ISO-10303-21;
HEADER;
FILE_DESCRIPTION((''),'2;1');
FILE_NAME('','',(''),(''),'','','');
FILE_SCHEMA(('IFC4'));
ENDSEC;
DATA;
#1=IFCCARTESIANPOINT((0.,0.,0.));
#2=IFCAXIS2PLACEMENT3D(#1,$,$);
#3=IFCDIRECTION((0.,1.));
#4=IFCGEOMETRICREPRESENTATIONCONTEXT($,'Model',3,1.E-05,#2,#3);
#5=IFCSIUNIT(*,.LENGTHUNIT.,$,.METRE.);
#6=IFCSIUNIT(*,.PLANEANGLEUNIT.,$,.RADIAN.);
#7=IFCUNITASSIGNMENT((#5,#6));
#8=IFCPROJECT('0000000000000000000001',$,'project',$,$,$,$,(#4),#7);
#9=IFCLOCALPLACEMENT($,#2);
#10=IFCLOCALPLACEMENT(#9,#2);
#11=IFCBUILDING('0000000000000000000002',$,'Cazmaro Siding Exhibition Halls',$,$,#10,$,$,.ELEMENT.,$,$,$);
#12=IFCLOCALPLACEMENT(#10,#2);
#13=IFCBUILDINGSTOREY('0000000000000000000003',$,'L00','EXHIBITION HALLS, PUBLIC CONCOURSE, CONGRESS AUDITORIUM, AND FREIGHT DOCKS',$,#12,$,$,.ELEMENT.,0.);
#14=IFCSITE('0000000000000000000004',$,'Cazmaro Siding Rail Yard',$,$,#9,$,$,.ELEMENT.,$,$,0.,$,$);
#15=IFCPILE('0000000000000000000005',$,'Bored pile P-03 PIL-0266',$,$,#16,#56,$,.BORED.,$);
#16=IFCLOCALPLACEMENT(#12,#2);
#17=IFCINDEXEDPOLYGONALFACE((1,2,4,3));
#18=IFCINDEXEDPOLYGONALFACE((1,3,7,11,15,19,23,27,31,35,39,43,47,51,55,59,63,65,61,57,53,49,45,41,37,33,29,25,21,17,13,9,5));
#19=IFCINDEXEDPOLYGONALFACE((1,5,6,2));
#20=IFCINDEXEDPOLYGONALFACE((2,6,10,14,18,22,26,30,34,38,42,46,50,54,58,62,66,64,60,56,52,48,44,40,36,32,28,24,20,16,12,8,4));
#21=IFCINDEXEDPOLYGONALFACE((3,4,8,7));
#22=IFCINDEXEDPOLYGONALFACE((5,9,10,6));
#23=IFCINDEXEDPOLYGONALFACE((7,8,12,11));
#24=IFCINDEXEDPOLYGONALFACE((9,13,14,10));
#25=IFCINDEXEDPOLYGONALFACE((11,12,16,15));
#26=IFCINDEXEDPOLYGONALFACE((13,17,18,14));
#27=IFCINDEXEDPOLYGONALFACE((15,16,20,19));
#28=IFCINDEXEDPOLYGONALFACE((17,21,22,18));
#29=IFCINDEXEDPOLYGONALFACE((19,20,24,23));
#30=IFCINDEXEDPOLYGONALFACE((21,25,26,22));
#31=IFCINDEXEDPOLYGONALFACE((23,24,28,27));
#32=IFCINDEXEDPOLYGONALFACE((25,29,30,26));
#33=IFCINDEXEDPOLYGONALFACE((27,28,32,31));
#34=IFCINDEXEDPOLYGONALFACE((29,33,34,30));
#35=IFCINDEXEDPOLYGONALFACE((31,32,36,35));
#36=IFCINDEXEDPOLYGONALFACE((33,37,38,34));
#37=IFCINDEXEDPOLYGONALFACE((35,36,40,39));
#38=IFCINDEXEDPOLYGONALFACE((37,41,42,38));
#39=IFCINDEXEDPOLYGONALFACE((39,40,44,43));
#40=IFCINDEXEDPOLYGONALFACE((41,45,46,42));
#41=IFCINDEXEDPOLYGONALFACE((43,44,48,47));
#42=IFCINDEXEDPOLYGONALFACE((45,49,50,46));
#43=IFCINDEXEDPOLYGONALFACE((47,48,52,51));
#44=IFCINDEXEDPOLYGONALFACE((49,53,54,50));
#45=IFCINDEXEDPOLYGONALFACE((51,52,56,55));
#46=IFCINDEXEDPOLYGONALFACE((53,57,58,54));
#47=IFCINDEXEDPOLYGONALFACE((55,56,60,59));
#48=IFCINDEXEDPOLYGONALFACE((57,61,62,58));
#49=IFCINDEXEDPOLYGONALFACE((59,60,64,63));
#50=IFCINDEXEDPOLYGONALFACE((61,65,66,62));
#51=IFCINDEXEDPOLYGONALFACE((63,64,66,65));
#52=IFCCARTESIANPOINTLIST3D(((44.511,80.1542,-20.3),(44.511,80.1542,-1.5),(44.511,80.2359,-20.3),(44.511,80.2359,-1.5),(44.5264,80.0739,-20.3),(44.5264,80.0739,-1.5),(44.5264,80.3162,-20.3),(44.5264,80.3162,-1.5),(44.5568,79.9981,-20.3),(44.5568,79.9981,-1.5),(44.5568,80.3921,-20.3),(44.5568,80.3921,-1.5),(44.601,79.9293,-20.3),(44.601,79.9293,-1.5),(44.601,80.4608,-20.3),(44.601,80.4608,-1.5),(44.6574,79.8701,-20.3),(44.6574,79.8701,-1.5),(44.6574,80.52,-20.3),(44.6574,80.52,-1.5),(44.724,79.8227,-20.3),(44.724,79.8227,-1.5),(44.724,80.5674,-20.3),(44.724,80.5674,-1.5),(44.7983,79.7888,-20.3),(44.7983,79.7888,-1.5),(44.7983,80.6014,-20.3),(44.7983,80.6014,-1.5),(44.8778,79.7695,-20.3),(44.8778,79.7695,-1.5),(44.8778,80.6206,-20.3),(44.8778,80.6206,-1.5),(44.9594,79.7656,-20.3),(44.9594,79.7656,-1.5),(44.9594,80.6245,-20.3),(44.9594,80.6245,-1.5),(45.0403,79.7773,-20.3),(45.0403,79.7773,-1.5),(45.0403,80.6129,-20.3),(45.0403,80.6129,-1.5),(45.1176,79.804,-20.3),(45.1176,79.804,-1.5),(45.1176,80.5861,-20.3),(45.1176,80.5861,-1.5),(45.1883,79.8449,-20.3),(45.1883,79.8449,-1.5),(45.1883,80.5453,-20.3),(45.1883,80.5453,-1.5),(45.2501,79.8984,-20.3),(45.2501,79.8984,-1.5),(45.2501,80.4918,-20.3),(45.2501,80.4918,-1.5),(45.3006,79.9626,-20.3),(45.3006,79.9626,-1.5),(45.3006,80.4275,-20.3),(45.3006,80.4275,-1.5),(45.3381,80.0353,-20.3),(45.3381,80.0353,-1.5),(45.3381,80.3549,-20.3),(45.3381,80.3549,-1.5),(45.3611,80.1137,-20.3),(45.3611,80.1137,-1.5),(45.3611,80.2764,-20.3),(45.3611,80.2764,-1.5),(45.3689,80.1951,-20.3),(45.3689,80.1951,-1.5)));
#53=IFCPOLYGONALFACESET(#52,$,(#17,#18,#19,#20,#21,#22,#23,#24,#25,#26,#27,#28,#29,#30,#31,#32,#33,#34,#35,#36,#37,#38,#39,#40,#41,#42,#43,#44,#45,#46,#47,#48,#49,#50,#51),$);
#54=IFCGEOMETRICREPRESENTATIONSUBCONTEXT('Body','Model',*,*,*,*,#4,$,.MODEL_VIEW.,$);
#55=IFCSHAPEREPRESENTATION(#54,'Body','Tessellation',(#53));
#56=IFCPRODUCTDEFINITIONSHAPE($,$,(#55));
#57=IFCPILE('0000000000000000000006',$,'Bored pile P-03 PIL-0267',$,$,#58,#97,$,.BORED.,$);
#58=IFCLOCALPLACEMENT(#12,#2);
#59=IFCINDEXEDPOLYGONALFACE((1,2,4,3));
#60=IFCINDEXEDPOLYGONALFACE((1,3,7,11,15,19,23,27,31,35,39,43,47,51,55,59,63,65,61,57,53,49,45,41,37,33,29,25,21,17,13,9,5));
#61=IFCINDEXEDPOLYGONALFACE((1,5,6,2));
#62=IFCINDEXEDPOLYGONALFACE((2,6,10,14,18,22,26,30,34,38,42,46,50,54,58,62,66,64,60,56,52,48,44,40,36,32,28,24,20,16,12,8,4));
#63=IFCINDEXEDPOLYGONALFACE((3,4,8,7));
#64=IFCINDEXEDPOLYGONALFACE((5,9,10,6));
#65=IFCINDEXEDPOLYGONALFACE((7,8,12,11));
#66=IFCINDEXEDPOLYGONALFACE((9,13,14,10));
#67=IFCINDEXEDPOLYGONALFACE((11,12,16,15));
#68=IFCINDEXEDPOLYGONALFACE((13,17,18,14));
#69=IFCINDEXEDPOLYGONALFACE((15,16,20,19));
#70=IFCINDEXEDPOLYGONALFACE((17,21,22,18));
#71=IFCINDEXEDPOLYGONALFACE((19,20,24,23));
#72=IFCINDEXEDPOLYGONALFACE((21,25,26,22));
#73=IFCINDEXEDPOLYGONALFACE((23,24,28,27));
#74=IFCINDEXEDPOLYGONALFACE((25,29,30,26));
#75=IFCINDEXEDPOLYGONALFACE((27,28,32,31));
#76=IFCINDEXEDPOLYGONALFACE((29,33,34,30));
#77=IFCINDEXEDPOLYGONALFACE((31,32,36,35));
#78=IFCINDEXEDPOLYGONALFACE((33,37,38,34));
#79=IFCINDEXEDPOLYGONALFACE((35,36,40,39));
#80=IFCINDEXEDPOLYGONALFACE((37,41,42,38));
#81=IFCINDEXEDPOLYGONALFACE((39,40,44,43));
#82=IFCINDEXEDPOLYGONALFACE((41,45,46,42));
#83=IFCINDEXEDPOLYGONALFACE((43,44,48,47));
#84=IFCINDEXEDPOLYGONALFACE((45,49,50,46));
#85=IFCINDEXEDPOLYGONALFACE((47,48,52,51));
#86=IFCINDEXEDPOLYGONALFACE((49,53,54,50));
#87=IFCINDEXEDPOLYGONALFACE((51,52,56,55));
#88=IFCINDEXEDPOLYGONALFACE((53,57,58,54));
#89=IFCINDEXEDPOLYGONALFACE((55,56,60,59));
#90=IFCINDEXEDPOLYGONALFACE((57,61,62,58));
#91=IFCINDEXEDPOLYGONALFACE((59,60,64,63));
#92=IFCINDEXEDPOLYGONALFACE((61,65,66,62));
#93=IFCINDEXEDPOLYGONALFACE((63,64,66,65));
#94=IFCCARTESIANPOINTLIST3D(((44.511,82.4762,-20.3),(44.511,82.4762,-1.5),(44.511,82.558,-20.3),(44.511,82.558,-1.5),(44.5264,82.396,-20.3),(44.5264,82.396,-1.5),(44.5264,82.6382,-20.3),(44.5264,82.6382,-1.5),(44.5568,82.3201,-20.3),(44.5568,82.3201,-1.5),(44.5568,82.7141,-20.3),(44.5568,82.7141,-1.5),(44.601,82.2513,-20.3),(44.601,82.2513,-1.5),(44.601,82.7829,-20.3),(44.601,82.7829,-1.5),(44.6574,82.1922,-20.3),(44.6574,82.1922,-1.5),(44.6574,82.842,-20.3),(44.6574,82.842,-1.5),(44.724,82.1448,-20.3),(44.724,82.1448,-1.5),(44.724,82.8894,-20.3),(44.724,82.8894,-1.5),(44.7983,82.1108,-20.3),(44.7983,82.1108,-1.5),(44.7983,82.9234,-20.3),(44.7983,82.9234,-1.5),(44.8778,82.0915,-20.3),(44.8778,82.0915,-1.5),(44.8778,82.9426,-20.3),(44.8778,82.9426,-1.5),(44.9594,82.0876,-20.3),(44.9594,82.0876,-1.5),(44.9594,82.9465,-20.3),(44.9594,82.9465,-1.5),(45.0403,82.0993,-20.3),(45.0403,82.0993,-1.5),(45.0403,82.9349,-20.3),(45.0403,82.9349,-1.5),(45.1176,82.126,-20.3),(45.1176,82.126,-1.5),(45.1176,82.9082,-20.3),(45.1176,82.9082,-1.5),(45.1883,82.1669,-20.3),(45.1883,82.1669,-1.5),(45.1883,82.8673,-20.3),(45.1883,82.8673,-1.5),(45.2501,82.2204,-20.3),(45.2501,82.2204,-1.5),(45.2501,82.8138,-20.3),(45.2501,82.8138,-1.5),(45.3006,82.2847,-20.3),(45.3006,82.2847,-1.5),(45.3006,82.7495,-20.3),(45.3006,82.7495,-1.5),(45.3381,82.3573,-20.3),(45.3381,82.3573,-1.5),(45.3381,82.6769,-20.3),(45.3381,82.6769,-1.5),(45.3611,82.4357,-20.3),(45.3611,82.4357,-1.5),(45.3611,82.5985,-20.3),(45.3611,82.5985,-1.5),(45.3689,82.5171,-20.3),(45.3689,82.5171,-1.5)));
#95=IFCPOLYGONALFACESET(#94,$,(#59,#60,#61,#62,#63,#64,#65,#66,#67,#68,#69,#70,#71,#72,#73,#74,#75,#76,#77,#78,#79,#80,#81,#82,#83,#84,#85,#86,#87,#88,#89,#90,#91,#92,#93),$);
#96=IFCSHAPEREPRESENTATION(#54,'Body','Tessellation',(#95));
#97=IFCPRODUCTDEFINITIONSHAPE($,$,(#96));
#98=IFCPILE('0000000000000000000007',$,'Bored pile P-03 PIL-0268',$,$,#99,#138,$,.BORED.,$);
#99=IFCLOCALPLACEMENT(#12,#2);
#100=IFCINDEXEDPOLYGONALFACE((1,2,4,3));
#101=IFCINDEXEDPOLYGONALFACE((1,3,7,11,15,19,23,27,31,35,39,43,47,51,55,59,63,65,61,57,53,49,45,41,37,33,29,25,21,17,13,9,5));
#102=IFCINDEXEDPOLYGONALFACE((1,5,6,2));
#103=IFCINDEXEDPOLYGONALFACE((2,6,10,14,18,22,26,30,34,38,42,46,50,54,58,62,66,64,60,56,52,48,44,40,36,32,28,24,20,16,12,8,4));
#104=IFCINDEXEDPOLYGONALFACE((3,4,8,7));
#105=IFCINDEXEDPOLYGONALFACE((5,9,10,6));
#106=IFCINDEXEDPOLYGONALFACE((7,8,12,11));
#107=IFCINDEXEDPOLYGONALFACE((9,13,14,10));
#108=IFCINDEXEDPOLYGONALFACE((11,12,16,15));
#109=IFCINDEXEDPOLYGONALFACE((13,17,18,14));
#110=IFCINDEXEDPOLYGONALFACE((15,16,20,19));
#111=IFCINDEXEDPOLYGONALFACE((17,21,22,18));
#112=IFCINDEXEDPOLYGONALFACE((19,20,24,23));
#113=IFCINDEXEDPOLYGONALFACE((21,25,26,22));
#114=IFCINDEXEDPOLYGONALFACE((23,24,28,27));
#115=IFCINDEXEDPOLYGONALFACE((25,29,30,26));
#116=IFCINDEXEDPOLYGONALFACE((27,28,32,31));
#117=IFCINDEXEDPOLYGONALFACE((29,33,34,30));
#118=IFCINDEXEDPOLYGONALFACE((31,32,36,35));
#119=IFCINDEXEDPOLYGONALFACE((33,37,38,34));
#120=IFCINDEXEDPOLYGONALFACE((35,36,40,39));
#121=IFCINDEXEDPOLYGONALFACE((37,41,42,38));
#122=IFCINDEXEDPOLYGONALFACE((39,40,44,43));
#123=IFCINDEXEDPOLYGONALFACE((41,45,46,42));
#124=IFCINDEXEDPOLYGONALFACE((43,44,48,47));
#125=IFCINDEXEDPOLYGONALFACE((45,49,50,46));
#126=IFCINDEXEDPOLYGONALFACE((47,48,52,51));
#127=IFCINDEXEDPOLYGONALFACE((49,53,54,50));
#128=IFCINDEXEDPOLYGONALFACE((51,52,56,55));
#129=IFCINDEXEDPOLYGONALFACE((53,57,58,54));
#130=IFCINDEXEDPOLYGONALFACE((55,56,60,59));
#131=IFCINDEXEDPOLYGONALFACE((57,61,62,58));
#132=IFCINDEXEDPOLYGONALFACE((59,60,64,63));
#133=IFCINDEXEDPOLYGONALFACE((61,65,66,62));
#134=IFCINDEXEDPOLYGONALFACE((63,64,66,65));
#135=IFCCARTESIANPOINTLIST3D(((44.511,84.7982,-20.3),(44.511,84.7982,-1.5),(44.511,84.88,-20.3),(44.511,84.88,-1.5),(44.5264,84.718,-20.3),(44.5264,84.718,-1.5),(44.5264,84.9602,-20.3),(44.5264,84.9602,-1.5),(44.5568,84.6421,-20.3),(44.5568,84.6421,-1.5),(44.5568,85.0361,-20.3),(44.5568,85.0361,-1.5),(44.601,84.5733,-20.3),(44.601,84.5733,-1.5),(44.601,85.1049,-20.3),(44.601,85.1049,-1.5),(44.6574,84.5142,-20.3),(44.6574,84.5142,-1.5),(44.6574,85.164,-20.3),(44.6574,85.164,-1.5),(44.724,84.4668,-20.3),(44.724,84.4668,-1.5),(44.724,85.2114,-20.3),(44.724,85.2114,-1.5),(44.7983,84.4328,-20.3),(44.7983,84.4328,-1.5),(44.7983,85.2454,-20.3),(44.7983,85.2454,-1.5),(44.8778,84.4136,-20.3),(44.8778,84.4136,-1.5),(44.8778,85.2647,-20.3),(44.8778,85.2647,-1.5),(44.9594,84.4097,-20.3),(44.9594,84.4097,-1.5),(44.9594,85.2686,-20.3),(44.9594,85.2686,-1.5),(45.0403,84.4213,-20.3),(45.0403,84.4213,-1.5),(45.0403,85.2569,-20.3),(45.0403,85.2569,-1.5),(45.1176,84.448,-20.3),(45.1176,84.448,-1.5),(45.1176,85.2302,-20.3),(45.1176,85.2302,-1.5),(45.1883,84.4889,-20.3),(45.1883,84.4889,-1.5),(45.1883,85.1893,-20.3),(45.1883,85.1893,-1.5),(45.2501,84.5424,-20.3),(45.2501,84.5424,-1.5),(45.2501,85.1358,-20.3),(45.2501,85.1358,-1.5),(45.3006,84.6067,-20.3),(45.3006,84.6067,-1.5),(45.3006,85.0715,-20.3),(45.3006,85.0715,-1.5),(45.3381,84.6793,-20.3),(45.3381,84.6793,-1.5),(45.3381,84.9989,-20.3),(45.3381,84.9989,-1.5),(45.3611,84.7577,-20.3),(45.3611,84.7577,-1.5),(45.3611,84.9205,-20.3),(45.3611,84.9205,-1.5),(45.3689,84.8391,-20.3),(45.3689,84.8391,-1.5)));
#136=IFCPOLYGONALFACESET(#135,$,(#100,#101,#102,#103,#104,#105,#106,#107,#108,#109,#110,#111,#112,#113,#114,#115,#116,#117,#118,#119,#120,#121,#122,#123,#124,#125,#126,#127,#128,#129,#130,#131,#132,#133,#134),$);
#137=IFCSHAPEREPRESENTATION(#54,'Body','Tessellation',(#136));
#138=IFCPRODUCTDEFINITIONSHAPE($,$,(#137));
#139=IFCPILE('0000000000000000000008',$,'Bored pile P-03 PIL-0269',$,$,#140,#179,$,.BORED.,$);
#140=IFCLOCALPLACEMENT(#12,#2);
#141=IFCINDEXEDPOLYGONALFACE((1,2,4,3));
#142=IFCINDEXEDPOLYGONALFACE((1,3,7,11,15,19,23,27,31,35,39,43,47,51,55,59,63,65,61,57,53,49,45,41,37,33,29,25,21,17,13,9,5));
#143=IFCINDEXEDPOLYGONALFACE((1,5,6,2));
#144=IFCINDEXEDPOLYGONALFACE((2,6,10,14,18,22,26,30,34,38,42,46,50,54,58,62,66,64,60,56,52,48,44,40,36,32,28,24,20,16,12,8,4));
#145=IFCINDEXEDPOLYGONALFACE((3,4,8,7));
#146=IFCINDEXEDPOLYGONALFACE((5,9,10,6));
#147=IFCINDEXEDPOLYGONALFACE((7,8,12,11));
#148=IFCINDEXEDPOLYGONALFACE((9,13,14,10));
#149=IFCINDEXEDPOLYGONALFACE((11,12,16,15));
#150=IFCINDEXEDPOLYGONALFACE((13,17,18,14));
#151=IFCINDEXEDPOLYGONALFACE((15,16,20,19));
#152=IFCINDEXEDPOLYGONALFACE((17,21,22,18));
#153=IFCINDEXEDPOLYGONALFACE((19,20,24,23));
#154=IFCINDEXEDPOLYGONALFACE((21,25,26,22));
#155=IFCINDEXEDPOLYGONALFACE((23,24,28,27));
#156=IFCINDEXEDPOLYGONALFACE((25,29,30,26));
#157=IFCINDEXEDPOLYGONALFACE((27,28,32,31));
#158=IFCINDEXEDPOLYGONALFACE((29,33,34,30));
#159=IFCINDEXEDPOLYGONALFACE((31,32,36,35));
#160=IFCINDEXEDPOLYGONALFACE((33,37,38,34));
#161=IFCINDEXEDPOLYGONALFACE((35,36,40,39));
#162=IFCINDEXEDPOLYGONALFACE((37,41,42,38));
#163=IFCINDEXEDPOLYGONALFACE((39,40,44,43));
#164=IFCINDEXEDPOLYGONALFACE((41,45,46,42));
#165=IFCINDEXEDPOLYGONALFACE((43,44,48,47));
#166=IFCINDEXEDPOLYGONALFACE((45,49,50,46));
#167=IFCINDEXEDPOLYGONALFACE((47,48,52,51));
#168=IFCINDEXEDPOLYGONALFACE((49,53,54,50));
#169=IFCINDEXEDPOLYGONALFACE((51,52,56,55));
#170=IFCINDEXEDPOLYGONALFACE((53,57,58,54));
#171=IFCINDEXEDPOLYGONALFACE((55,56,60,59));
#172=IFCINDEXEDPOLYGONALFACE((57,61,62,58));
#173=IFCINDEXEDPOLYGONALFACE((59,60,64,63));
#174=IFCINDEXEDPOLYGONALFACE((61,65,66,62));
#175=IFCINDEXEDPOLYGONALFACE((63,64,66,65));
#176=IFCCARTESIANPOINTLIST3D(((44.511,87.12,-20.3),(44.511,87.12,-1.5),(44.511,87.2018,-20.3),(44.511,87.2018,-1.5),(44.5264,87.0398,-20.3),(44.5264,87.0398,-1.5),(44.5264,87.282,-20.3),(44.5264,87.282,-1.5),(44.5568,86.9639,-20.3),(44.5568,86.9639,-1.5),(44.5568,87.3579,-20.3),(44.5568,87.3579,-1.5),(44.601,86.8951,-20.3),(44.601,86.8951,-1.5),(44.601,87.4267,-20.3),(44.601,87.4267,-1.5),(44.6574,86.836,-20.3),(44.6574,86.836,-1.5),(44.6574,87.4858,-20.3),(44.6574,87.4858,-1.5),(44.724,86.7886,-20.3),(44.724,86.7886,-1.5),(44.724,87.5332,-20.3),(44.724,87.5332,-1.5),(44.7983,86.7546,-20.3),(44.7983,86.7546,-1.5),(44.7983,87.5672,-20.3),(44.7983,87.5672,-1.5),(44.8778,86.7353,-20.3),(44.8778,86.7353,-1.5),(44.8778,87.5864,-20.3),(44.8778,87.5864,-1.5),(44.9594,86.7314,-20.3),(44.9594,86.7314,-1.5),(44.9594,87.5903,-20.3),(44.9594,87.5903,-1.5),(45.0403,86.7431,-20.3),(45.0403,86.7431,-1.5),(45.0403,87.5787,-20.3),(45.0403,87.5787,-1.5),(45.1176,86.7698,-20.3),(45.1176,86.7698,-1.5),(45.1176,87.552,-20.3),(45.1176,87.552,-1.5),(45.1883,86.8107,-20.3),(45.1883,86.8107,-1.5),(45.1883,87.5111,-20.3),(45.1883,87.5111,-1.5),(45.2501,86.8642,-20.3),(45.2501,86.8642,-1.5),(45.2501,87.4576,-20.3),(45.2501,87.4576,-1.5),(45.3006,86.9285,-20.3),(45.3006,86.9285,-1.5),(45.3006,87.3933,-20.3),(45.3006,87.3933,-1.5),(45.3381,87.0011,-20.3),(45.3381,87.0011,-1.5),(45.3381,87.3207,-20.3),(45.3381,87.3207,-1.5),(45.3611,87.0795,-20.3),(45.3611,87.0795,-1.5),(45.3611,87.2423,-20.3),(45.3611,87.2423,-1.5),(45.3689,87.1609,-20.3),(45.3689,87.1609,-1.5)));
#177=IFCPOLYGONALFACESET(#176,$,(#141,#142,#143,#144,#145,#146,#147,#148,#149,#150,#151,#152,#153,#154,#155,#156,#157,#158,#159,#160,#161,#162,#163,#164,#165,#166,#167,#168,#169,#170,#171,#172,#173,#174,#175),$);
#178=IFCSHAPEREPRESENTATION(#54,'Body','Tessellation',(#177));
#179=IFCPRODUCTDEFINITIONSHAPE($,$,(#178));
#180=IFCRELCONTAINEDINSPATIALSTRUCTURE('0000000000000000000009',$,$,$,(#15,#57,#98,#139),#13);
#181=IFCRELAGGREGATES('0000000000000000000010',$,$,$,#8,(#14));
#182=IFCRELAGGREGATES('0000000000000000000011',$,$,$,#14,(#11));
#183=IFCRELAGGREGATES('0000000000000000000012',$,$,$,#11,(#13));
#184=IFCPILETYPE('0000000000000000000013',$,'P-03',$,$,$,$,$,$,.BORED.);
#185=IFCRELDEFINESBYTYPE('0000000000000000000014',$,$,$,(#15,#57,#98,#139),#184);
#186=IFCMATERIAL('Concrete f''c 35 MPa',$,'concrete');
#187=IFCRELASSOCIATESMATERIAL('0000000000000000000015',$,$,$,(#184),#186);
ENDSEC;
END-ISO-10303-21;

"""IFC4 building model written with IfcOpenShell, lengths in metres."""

from ifc_helpers import new_model, si_unit, direction, frame, origin, origin_2d, place, context, subcontext, project, spatial, circle, extrude, material, material_profile, profile_set, type_object, element, save


model = new_model("IFC4")

# Units and contexts
model_context = context("Model", 3, precision=1e-05, world=origin(), true_north=direction((0.0, 1.0)))
body_context = subcontext(model_context, "Body", "Model", "MODEL_VIEW")
ifc_project = project(units=[si_unit("LENGTHUNIT", "METRE"), si_unit("PLANEANGLEUNIT", "RADIAN")], contexts=[model_context])

# Site, building, storey
site_placement = place(None, origin())
site = spatial("IfcSite", under=ifc_project, at=site_placement, Name="Cazmaro Siding Rail Yard", CompositionType="ELEMENT", RefElevation=0.0)
building_placement = place(site_placement, origin())
building = spatial("IfcBuilding", under=site, at=building_placement, Name="Cazmaro Siding Exhibition Halls", CompositionType="ELEMENT")
storey_placement = place(building_placement, origin())
storey = spatial("IfcBuildingStorey", under=building, at=storey_placement, Name="L00", Description="EXHIBITION HALLS, PUBLIC CONCOURSE, CONGRESS AUDITORIUM, AND FREIGHT DOCKS", CompositionType="ELEMENT", Elevation=0.0)

# Piles
ifc_material_1 = material(Name="Concrete f'c 35 MPa", Category="concrete")
ifc_material_profile_1 = material_profile(ifc_material_1, circle(Radius=0.4299, at=origin_2d()), Name="CIDH-860")
ifc_profile_set_1 = profile_set([ifc_material_profile_1], Name="Concrete f'c 35 MPa")
pile_type_1 = type_object("IfcPileType", Name="P-03", PredefinedType="BORED", material=ifc_profile_set_1)
for number, where, z_axis, x_axis, name in (
    (1, (44.939, 80.1951, -1.5), (0.0, 0.0, -1.0), (1.0, 0.0, 0.0), "Bored pile P-03 PIL-0266"),
    (2, (44.939, 82.5171, -1.5), (0.0, 0.0, -1.0), (1.0, 0.0, 0.0), "Bored pile P-03 PIL-0267"),
    (3, (44.939, 84.8391, -1.5), (0.0, 0.0, -1.0), (1.0, 0.0, 0.0), "Bored pile P-03 PIL-0268"),
    (4, (44.939, 87.1609, -1.5), (0.0, 0.0, -1.0), (1.0, 0.0, 0.0), "Bored pile P-03 PIL-0269"),
):
    element("IfcPile", number, at=place(storey_placement, frame(where, z_axis=z_axis, x_axis=x_axis)), inside=storey, type_object=pile_type_1, Name=name, PredefinedType="BORED", context=body_context, shape_type="SweptSolid", body=[
        extrude(circle(Radius=0.4299, at=origin_2d()), origin(), (0.0, 0.0, 1.0), 18.8),
    ])

save(model, "model.ifc")
